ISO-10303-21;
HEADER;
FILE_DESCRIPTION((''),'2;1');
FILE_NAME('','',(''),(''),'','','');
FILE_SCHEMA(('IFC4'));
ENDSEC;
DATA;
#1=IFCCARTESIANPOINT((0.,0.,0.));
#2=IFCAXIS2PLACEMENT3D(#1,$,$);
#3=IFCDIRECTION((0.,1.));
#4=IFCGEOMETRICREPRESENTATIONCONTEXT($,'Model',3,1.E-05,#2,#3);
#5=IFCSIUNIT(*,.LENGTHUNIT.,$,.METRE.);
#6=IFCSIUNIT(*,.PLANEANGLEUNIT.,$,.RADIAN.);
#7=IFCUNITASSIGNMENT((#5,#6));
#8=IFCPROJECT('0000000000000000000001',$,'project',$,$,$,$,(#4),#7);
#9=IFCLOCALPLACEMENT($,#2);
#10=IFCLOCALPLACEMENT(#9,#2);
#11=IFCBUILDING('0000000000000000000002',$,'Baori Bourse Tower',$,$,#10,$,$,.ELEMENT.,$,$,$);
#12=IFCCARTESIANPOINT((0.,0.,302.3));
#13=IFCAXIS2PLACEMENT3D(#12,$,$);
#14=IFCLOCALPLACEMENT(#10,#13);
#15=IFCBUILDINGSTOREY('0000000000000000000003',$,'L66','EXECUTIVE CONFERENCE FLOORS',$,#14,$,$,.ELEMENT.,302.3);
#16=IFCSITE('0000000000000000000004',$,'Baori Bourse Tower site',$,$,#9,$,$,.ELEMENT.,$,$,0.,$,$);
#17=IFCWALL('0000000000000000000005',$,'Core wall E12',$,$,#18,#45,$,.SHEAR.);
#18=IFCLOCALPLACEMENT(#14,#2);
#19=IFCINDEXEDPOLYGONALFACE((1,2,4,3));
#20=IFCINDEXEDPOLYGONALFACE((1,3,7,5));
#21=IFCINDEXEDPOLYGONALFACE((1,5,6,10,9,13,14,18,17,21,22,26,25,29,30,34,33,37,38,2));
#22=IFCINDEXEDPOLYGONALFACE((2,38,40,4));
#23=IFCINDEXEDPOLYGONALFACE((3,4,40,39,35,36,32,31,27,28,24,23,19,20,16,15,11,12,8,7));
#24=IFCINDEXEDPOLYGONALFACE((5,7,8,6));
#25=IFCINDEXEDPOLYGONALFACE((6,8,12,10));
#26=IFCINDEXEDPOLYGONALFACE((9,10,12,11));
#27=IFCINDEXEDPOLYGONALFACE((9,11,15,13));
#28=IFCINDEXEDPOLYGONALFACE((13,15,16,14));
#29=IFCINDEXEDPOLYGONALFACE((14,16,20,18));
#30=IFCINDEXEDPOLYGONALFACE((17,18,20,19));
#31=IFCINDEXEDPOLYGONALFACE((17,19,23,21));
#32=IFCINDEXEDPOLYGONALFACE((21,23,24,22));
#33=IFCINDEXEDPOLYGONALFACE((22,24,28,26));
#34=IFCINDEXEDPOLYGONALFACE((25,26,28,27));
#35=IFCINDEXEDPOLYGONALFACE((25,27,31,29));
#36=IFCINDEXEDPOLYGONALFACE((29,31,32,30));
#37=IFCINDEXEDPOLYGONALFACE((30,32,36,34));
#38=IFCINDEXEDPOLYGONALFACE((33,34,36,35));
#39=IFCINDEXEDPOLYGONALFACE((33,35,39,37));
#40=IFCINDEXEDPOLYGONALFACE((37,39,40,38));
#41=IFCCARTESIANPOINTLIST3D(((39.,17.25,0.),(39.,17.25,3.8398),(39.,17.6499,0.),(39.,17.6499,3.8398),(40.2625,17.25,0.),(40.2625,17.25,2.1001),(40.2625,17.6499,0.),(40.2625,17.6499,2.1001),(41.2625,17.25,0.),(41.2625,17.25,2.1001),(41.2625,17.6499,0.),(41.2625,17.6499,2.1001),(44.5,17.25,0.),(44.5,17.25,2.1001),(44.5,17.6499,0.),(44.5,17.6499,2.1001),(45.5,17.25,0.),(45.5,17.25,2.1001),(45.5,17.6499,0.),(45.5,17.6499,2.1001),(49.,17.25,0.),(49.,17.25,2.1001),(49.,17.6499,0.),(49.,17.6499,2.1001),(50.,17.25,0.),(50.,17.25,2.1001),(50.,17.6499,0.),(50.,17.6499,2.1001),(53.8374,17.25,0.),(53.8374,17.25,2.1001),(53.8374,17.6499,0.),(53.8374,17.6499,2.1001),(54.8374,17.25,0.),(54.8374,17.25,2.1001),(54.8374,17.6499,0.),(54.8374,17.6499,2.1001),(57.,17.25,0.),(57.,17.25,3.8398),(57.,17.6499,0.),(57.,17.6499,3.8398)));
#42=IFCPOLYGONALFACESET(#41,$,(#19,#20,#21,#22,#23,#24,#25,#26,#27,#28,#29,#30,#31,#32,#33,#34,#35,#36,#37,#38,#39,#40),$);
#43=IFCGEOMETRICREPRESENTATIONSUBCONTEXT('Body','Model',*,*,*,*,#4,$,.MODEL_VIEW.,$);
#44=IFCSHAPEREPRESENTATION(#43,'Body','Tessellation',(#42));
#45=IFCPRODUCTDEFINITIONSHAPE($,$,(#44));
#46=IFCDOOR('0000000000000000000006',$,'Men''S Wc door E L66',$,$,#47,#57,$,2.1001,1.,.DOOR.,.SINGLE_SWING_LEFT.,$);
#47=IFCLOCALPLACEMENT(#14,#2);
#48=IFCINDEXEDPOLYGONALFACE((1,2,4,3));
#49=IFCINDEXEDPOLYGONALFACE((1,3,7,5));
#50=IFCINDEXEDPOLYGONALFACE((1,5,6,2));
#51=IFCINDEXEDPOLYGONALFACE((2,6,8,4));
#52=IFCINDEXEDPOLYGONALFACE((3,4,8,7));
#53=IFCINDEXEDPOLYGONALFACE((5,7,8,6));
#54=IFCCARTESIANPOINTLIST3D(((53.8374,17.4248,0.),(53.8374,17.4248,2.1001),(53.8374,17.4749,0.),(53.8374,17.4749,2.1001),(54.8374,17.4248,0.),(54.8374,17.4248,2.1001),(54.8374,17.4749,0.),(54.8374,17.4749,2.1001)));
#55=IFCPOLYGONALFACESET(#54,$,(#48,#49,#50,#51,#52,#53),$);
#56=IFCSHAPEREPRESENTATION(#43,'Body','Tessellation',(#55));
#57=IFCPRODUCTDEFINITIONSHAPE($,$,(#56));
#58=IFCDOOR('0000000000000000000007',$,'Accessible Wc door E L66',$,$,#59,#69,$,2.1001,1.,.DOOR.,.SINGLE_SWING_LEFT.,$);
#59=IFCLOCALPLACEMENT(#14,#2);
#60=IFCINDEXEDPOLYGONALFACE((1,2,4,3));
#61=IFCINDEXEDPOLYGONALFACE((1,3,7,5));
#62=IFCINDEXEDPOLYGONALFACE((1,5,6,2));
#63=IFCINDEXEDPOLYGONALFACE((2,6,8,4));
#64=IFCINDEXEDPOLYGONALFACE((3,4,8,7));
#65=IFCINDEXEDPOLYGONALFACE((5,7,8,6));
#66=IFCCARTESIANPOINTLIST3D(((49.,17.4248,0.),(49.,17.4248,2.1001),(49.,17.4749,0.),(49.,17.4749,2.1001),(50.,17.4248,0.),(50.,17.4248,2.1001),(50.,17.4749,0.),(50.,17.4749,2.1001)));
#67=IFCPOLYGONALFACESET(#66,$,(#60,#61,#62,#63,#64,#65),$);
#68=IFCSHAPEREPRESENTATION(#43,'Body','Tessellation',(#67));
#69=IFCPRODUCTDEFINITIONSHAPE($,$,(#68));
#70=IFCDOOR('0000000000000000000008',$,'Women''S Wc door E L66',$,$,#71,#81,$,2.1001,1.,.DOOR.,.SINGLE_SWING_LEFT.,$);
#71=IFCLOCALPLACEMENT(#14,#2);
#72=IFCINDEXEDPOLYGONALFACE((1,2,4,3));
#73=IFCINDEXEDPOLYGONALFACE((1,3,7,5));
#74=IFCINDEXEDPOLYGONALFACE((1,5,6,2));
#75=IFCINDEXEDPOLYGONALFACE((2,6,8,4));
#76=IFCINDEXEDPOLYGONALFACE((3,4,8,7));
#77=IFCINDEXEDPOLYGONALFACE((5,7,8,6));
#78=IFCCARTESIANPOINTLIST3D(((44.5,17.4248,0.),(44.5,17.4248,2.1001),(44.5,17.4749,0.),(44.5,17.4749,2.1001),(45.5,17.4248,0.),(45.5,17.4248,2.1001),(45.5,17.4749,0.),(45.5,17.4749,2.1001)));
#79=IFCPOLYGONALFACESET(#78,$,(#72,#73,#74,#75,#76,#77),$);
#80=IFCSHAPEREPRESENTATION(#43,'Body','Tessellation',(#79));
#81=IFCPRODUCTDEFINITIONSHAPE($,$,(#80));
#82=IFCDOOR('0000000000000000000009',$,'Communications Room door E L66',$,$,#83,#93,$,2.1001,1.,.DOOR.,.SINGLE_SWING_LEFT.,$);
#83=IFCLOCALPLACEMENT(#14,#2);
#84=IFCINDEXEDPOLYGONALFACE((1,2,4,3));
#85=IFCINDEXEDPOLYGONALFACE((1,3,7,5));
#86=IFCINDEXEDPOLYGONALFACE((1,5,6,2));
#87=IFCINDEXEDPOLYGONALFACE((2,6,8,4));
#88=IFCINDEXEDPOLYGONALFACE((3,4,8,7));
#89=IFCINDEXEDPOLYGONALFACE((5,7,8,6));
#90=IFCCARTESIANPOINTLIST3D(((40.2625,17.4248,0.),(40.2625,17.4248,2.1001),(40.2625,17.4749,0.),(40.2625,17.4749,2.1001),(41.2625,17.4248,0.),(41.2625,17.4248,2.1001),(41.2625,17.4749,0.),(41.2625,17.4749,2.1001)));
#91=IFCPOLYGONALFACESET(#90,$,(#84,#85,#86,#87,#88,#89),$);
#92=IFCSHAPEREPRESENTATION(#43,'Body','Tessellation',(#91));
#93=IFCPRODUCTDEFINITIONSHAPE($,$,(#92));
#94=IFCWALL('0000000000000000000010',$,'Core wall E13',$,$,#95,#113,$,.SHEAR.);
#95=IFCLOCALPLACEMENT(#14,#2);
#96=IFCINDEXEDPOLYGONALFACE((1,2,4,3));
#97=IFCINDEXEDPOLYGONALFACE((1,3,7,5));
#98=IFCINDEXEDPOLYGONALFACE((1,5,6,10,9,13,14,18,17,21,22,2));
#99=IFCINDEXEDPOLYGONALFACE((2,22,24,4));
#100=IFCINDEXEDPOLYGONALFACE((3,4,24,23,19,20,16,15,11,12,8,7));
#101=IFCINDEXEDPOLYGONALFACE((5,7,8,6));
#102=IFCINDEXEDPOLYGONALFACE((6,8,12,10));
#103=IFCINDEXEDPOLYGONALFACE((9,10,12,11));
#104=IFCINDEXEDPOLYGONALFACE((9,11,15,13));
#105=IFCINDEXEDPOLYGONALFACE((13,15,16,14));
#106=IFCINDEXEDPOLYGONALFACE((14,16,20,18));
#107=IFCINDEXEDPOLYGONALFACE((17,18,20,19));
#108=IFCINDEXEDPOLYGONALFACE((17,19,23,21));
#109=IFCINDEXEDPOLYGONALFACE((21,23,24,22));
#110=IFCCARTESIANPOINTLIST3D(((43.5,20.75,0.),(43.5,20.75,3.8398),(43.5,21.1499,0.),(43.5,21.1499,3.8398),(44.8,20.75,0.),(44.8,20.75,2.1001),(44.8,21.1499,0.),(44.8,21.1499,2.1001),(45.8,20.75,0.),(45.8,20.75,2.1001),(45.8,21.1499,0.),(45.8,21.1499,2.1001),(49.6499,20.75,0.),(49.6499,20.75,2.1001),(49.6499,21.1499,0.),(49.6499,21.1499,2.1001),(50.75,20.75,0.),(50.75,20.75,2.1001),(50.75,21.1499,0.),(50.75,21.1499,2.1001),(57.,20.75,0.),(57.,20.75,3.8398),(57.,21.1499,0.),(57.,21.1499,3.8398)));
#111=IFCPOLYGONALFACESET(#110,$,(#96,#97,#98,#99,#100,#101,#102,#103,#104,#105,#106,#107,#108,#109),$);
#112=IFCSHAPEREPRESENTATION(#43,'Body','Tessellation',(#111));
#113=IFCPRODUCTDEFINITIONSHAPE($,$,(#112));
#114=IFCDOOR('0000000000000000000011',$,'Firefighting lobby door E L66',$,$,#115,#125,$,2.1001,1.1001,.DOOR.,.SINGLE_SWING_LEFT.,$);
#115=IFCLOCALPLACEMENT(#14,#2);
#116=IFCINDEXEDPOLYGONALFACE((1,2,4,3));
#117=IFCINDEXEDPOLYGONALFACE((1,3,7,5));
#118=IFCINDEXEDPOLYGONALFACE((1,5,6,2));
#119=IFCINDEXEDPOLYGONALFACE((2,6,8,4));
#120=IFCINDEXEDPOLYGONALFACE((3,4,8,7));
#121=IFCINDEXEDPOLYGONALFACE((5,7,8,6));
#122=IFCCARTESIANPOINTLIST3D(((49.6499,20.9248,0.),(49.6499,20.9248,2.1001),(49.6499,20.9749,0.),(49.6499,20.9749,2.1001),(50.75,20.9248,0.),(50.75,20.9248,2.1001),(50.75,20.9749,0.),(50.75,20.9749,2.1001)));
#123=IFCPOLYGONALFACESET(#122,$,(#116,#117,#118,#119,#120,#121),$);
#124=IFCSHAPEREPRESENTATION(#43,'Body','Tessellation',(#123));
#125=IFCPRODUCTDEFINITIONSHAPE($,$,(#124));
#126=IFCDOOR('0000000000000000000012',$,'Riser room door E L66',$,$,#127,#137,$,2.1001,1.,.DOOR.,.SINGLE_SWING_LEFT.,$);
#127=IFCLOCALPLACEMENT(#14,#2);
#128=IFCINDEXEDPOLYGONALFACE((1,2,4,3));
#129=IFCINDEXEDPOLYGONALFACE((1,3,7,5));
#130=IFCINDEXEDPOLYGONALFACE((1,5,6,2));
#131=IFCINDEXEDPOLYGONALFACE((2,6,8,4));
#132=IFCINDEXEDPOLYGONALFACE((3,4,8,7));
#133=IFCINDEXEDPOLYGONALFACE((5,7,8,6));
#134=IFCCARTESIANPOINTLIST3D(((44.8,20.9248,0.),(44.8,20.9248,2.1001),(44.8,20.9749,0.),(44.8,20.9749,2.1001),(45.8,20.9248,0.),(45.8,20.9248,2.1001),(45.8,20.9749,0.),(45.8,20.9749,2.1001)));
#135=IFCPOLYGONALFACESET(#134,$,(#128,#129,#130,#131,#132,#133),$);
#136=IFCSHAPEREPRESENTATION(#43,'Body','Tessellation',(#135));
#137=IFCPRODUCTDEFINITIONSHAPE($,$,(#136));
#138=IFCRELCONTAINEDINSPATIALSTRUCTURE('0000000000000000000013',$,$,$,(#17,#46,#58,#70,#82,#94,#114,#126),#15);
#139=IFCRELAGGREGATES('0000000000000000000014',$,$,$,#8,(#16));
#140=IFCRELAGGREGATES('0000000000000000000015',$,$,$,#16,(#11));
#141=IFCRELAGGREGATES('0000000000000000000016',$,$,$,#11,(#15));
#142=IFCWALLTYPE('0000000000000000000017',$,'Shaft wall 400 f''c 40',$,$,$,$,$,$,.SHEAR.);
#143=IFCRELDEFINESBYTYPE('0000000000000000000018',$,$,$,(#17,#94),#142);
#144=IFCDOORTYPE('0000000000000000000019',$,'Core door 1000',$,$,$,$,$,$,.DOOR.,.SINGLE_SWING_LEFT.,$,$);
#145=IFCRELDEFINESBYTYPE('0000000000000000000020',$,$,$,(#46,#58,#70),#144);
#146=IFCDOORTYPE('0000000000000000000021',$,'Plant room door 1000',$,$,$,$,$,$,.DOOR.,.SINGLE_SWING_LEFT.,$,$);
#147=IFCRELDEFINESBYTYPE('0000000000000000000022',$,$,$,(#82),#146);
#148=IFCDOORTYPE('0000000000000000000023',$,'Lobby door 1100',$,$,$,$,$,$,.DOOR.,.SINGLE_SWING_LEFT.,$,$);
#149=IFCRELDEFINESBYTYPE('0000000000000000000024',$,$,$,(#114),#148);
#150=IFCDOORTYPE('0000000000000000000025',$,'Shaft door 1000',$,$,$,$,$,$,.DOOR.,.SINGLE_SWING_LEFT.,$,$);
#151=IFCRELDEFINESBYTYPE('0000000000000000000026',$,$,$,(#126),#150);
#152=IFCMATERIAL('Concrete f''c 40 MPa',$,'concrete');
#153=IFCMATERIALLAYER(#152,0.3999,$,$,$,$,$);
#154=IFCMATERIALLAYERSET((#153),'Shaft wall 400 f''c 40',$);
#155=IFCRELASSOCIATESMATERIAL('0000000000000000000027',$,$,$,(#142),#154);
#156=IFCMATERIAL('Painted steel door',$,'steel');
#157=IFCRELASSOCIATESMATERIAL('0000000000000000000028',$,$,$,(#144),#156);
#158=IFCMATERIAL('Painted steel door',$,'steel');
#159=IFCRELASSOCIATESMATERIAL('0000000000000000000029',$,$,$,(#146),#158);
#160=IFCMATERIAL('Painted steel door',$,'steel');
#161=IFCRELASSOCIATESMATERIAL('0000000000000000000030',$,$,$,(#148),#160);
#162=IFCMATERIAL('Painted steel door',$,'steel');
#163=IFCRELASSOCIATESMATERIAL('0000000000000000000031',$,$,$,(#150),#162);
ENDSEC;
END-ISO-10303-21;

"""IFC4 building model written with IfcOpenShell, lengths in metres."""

from ifc_helpers import new_model, si_unit, direction, frame, frame_2d, origin, place, context, subcontext, project, spatial, rectangle, extrude, material, layer, layer_set, type_object, element, fill, save


model = new_model("IFC4")

# Units and contexts
model_context = context("Model", 3, precision=1e-05, world=origin(), true_north=direction((0.0, 1.0)))
body_context = subcontext(model_context, "Body", "Model", "MODEL_VIEW")
ifc_project = project(units=[si_unit("LENGTHUNIT", "METRE"), si_unit("PLANEANGLEUNIT", "RADIAN")], contexts=[model_context])

# Site, building, storey
site_placement = place(None, origin())
site = spatial("IfcSite", under=ifc_project, at=site_placement, Name="Baori Bourse Tower site", CompositionType="ELEMENT", RefElevation=0.0)
building_placement = place(site_placement, origin())
building = spatial("IfcBuilding", under=site, at=building_placement, Name="Baori Bourse Tower", CompositionType="ELEMENT")
storey_placement = place(building_placement, frame((0.0, 0.0, 302.3)))
storey = spatial("IfcBuildingStorey", under=building, at=storey_placement, Name="L66", Description="EXECUTIVE CONFERENCE FLOORS", CompositionType="ELEMENT", Elevation=302.3)

# Shared definitions
ifc_material_1 = material(Name="Concrete f'c 40 MPa", Category="concrete")
ifc_layer_1 = layer(ifc_material_1, 0.3999)
ifc_layer_set_1 = layer_set([ifc_layer_1], Name="Shaft wall 400 f'c 40")
wall_type_1 = type_object("IfcWallType", Name="Shaft wall 400 f'c 40", PredefinedType="SHEAR", material=ifc_layer_set_1)

# Walls, openings, doors
wall_1_placement = place(storey_placement, frame((39.0, 17.45, 0.0), z_axis=(0.0, 0.0, 1.0), x_axis=(1.0, 0.0, 0.0)))
wall_1 = element("IfcWall", 1, at=wall_1_placement, inside=storey, type_object=wall_type_1, Name="Core wall E12", PredefinedType="SHEAR", context=body_context, shape_type="SweptSolid", body=[
    extrude(rectangle(XDim=18.0, YDim=0.3999, at=frame_2d((9.0, 0.0))), origin(), (0.0, 0.0, 1.0), 3.8398),
])
opening_1_placement = place(wall_1_placement, frame((14.8374, 0.0, 0.0)))
opening_1 = element("IfcOpeningElement", 2, at=opening_1_placement, cuts=wall_1, PredefinedType="OPENING", context=body_context, shape_type="SweptSolid", body=[
    extrude(rectangle(XDim=1.0, YDim=2.1001, at=frame_2d((0.5, 1.05))), frame((0.0, 0.21, 0.0), z_axis=(0.0, -1.0, 0.0), x_axis=(1.0, 0.0, 0.0)), (0.0, 0.0, 1.0), 0.4199),
])
opening_2_placement = place(wall_1_placement, frame((10.0, 0.0, 0.0)))
opening_2 = element("IfcOpeningElement", 3, at=opening_2_placement, cuts=wall_1, PredefinedType="OPENING", context=body_context, shape_type="SweptSolid", body=[
    extrude(rectangle(XDim=1.0, YDim=2.1001, at=frame_2d((0.5, 1.05))), frame((0.0, 0.21, 0.0), z_axis=(0.0, -1.0, 0.0), x_axis=(1.0, 0.0, 0.0)), (0.0, 0.0, 1.0), 0.4199),
])
opening_3_placement = place(wall_1_placement, frame((5.5, 0.0, 0.0)))
opening_3 = element("IfcOpeningElement", 4, at=opening_3_placement, cuts=wall_1, PredefinedType="OPENING", context=body_context, shape_type="SweptSolid", body=[
    extrude(rectangle(XDim=1.0, YDim=2.1001, at=frame_2d((0.5, 1.05))), frame((0.0, 0.21, 0.0), z_axis=(0.0, -1.0, 0.0), x_axis=(1.0, 0.0, 0.0)), (0.0, 0.0, 1.0), 0.4199),
])
opening_4_placement = place(wall_1_placement, frame((1.2625, 0.0, 0.0)))
opening_4 = element("IfcOpeningElement", 5, at=opening_4_placement, cuts=wall_1, PredefinedType="OPENING", context=body_context, shape_type="SweptSolid", body=[
    extrude(rectangle(XDim=1.0, YDim=2.1001, at=frame_2d((0.5, 1.05))), frame((0.0, 0.21, 0.0), z_axis=(0.0, -1.0, 0.0), x_axis=(1.0, 0.0, 0.0)), (0.0, 0.0, 1.0), 0.4199),
])
ifc_material_2 = material(Name="Painted steel door", Category="steel")
door_type_1 = type_object("IfcDoorType", Name="Core door 1000", OperationType="SINGLE_SWING_LEFT", PredefinedType="DOOR", material=ifc_material_2)
door_1_placement = place(opening_1_placement, origin())
door_1 = element("IfcDoor", 6, at=door_1_placement, inside=storey, type_object=door_type_1, Name="Men'S Wc door E L66", OperationType="SINGLE_SWING_LEFT", OverallHeight=2.1001, OverallWidth=1.0, PredefinedType="DOOR", context=body_context, shape_type="SweptSolid", body=[
    extrude(rectangle(XDim=1.0, YDim=2.1001, at=frame_2d((0.5, 1.05))), frame((0.0, 0.0249, 0.0), z_axis=(0.0, -1.0, 0.0), x_axis=(1.0, 0.0, 0.0)), (0.0, 0.0, 1.0), 0.05),
])
fill(opening_1, door_1)
door_2_placement = place(opening_2_placement, origin())
door_2 = element("IfcDoor", 7, at=door_2_placement, inside=storey, type_object=door_type_1, Name="Accessible Wc door E L66", OperationType="SINGLE_SWING_LEFT", OverallHeight=2.1001, OverallWidth=1.0, PredefinedType="DOOR", context=body_context, shape_type="SweptSolid", body=[
    extrude(rectangle(XDim=1.0, YDim=2.1001, at=frame_2d((0.5, 1.05))), frame((0.0, 0.0249, 0.0), z_axis=(0.0, -1.0, 0.0), x_axis=(1.0, 0.0, 0.0)), (0.0, 0.0, 1.0), 0.05),
])
fill(opening_2, door_2)
door_3_placement = place(opening_3_placement, origin())
door_3 = element("IfcDoor", 8, at=door_3_placement, inside=storey, type_object=door_type_1, Name="Women'S Wc door E L66", OperationType="SINGLE_SWING_LEFT", OverallHeight=2.1001, OverallWidth=1.0, PredefinedType="DOOR", context=body_context, shape_type="SweptSolid", body=[
    extrude(rectangle(XDim=1.0, YDim=2.1001, at=frame_2d((0.5, 1.05))), frame((0.0, 0.0249, 0.0), z_axis=(0.0, -1.0, 0.0), x_axis=(1.0, 0.0, 0.0)), (0.0, 0.0, 1.0), 0.05),
])
fill(opening_3, door_3)
ifc_material_3 = material(Name="Painted steel door", Category="steel")
door_type_2 = type_object("IfcDoorType", Name="Plant room door 1000", OperationType="SINGLE_SWING_LEFT", PredefinedType="DOOR", material=ifc_material_3)
door_4_placement = place(opening_4_placement, origin())
door_4 = element("IfcDoor", 9, at=door_4_placement, inside=storey, type_object=door_type_2, Name="Communications Room door E L66", OperationType="SINGLE_SWING_LEFT", OverallHeight=2.1001, OverallWidth=1.0, PredefinedType="DOOR", context=body_context, shape_type="SweptSolid", body=[
    extrude(rectangle(XDim=1.0, YDim=2.1001, at=frame_2d((0.5, 1.05))), frame((0.0, 0.0249, 0.0), z_axis=(0.0, -1.0, 0.0), x_axis=(1.0, 0.0, 0.0)), (0.0, 0.0, 1.0), 0.05),
])
fill(opening_4, door_4)
wall_2_placement = place(storey_placement, frame((43.5, 20.95, 0.0), z_axis=(0.0, 0.0, 1.0), x_axis=(1.0, 0.0, 0.0)))
wall_2 = element("IfcWall", 10, at=wall_2_placement, inside=storey, type_object=wall_type_1, Name="Core wall E13", PredefinedType="SHEAR", context=body_context, shape_type="SweptSolid", body=[
    extrude(rectangle(XDim=13.5, YDim=0.3999, at=frame_2d((6.75, 0.0))), origin(), (0.0, 0.0, 1.0), 3.8398),
])
opening_5_placement = place(wall_2_placement, frame((6.1499, 0.0, 0.0)))
opening_5 = element("IfcOpeningElement", 11, at=opening_5_placement, cuts=wall_2, PredefinedType="OPENING", context=body_context, shape_type="SweptSolid", body=[
    extrude(rectangle(XDim=1.1001, YDim=2.1001, at=frame_2d((0.55, 1.05))), frame((0.0, 0.21, 0.0), z_axis=(0.0, -1.0, 0.0), x_axis=(1.0, 0.0, 0.0)), (0.0, 0.0, 1.0), 0.4199),
])
opening_6_placement = place(wall_2_placement, frame((1.3, 0.0, 0.0)))
opening_6 = element("IfcOpeningElement", 12, at=opening_6_placement, cuts=wall_2, PredefinedType="OPENING", context=body_context, shape_type="SweptSolid", body=[
    extrude(rectangle(XDim=1.0, YDim=2.1001, at=frame_2d((0.5, 1.05))), frame((0.0, 0.21, 0.0), z_axis=(0.0, -1.0, 0.0), x_axis=(1.0, 0.0, 0.0)), (0.0, 0.0, 1.0), 0.4199),
])
ifc_material_4 = material(Name="Painted steel door", Category="steel")
door_type_3 = type_object("IfcDoorType", Name="Lobby door 1100", OperationType="SINGLE_SWING_LEFT", PredefinedType="DOOR", material=ifc_material_4)
door_5_placement = place(opening_5_placement, origin())
door_5 = element("IfcDoor", 13, at=door_5_placement, inside=storey, type_object=door_type_3, Name="Firefighting lobby door E L66", OperationType="SINGLE_SWING_LEFT", OverallHeight=2.1001, OverallWidth=1.1001, PredefinedType="DOOR", context=body_context, shape_type="SweptSolid", body=[
    extrude(rectangle(XDim=1.1001, YDim=2.1001, at=frame_2d((0.55, 1.05))), frame((0.0, 0.0249, 0.0), z_axis=(0.0, -1.0, 0.0), x_axis=(1.0, 0.0, 0.0)), (0.0, 0.0, 1.0), 0.05),
])
fill(opening_5, door_5)
ifc_material_5 = material(Name="Painted steel door", Category="steel")
door_type_4 = type_object("IfcDoorType", Name="Shaft door 1000", OperationType="SINGLE_SWING_LEFT", PredefinedType="DOOR", material=ifc_material_5)
door_6_placement = place(opening_6_placement, origin())
door_6 = element("IfcDoor", 14, at=door_6_placement, inside=storey, type_object=door_type_4, Name="Riser room door E L66", OperationType="SINGLE_SWING_LEFT", OverallHeight=2.1001, OverallWidth=1.0, PredefinedType="DOOR", context=body_context, shape_type="SweptSolid", body=[
    extrude(rectangle(XDim=1.0, YDim=2.1001, at=frame_2d((0.5, 1.05))), frame((0.0, 0.0249, 0.0), z_axis=(0.0, -1.0, 0.0), x_axis=(1.0, 0.0, 0.0)), (0.0, 0.0, 1.0), 0.05),
])
fill(opening_6, door_6)

save(model, "model.ifc")
